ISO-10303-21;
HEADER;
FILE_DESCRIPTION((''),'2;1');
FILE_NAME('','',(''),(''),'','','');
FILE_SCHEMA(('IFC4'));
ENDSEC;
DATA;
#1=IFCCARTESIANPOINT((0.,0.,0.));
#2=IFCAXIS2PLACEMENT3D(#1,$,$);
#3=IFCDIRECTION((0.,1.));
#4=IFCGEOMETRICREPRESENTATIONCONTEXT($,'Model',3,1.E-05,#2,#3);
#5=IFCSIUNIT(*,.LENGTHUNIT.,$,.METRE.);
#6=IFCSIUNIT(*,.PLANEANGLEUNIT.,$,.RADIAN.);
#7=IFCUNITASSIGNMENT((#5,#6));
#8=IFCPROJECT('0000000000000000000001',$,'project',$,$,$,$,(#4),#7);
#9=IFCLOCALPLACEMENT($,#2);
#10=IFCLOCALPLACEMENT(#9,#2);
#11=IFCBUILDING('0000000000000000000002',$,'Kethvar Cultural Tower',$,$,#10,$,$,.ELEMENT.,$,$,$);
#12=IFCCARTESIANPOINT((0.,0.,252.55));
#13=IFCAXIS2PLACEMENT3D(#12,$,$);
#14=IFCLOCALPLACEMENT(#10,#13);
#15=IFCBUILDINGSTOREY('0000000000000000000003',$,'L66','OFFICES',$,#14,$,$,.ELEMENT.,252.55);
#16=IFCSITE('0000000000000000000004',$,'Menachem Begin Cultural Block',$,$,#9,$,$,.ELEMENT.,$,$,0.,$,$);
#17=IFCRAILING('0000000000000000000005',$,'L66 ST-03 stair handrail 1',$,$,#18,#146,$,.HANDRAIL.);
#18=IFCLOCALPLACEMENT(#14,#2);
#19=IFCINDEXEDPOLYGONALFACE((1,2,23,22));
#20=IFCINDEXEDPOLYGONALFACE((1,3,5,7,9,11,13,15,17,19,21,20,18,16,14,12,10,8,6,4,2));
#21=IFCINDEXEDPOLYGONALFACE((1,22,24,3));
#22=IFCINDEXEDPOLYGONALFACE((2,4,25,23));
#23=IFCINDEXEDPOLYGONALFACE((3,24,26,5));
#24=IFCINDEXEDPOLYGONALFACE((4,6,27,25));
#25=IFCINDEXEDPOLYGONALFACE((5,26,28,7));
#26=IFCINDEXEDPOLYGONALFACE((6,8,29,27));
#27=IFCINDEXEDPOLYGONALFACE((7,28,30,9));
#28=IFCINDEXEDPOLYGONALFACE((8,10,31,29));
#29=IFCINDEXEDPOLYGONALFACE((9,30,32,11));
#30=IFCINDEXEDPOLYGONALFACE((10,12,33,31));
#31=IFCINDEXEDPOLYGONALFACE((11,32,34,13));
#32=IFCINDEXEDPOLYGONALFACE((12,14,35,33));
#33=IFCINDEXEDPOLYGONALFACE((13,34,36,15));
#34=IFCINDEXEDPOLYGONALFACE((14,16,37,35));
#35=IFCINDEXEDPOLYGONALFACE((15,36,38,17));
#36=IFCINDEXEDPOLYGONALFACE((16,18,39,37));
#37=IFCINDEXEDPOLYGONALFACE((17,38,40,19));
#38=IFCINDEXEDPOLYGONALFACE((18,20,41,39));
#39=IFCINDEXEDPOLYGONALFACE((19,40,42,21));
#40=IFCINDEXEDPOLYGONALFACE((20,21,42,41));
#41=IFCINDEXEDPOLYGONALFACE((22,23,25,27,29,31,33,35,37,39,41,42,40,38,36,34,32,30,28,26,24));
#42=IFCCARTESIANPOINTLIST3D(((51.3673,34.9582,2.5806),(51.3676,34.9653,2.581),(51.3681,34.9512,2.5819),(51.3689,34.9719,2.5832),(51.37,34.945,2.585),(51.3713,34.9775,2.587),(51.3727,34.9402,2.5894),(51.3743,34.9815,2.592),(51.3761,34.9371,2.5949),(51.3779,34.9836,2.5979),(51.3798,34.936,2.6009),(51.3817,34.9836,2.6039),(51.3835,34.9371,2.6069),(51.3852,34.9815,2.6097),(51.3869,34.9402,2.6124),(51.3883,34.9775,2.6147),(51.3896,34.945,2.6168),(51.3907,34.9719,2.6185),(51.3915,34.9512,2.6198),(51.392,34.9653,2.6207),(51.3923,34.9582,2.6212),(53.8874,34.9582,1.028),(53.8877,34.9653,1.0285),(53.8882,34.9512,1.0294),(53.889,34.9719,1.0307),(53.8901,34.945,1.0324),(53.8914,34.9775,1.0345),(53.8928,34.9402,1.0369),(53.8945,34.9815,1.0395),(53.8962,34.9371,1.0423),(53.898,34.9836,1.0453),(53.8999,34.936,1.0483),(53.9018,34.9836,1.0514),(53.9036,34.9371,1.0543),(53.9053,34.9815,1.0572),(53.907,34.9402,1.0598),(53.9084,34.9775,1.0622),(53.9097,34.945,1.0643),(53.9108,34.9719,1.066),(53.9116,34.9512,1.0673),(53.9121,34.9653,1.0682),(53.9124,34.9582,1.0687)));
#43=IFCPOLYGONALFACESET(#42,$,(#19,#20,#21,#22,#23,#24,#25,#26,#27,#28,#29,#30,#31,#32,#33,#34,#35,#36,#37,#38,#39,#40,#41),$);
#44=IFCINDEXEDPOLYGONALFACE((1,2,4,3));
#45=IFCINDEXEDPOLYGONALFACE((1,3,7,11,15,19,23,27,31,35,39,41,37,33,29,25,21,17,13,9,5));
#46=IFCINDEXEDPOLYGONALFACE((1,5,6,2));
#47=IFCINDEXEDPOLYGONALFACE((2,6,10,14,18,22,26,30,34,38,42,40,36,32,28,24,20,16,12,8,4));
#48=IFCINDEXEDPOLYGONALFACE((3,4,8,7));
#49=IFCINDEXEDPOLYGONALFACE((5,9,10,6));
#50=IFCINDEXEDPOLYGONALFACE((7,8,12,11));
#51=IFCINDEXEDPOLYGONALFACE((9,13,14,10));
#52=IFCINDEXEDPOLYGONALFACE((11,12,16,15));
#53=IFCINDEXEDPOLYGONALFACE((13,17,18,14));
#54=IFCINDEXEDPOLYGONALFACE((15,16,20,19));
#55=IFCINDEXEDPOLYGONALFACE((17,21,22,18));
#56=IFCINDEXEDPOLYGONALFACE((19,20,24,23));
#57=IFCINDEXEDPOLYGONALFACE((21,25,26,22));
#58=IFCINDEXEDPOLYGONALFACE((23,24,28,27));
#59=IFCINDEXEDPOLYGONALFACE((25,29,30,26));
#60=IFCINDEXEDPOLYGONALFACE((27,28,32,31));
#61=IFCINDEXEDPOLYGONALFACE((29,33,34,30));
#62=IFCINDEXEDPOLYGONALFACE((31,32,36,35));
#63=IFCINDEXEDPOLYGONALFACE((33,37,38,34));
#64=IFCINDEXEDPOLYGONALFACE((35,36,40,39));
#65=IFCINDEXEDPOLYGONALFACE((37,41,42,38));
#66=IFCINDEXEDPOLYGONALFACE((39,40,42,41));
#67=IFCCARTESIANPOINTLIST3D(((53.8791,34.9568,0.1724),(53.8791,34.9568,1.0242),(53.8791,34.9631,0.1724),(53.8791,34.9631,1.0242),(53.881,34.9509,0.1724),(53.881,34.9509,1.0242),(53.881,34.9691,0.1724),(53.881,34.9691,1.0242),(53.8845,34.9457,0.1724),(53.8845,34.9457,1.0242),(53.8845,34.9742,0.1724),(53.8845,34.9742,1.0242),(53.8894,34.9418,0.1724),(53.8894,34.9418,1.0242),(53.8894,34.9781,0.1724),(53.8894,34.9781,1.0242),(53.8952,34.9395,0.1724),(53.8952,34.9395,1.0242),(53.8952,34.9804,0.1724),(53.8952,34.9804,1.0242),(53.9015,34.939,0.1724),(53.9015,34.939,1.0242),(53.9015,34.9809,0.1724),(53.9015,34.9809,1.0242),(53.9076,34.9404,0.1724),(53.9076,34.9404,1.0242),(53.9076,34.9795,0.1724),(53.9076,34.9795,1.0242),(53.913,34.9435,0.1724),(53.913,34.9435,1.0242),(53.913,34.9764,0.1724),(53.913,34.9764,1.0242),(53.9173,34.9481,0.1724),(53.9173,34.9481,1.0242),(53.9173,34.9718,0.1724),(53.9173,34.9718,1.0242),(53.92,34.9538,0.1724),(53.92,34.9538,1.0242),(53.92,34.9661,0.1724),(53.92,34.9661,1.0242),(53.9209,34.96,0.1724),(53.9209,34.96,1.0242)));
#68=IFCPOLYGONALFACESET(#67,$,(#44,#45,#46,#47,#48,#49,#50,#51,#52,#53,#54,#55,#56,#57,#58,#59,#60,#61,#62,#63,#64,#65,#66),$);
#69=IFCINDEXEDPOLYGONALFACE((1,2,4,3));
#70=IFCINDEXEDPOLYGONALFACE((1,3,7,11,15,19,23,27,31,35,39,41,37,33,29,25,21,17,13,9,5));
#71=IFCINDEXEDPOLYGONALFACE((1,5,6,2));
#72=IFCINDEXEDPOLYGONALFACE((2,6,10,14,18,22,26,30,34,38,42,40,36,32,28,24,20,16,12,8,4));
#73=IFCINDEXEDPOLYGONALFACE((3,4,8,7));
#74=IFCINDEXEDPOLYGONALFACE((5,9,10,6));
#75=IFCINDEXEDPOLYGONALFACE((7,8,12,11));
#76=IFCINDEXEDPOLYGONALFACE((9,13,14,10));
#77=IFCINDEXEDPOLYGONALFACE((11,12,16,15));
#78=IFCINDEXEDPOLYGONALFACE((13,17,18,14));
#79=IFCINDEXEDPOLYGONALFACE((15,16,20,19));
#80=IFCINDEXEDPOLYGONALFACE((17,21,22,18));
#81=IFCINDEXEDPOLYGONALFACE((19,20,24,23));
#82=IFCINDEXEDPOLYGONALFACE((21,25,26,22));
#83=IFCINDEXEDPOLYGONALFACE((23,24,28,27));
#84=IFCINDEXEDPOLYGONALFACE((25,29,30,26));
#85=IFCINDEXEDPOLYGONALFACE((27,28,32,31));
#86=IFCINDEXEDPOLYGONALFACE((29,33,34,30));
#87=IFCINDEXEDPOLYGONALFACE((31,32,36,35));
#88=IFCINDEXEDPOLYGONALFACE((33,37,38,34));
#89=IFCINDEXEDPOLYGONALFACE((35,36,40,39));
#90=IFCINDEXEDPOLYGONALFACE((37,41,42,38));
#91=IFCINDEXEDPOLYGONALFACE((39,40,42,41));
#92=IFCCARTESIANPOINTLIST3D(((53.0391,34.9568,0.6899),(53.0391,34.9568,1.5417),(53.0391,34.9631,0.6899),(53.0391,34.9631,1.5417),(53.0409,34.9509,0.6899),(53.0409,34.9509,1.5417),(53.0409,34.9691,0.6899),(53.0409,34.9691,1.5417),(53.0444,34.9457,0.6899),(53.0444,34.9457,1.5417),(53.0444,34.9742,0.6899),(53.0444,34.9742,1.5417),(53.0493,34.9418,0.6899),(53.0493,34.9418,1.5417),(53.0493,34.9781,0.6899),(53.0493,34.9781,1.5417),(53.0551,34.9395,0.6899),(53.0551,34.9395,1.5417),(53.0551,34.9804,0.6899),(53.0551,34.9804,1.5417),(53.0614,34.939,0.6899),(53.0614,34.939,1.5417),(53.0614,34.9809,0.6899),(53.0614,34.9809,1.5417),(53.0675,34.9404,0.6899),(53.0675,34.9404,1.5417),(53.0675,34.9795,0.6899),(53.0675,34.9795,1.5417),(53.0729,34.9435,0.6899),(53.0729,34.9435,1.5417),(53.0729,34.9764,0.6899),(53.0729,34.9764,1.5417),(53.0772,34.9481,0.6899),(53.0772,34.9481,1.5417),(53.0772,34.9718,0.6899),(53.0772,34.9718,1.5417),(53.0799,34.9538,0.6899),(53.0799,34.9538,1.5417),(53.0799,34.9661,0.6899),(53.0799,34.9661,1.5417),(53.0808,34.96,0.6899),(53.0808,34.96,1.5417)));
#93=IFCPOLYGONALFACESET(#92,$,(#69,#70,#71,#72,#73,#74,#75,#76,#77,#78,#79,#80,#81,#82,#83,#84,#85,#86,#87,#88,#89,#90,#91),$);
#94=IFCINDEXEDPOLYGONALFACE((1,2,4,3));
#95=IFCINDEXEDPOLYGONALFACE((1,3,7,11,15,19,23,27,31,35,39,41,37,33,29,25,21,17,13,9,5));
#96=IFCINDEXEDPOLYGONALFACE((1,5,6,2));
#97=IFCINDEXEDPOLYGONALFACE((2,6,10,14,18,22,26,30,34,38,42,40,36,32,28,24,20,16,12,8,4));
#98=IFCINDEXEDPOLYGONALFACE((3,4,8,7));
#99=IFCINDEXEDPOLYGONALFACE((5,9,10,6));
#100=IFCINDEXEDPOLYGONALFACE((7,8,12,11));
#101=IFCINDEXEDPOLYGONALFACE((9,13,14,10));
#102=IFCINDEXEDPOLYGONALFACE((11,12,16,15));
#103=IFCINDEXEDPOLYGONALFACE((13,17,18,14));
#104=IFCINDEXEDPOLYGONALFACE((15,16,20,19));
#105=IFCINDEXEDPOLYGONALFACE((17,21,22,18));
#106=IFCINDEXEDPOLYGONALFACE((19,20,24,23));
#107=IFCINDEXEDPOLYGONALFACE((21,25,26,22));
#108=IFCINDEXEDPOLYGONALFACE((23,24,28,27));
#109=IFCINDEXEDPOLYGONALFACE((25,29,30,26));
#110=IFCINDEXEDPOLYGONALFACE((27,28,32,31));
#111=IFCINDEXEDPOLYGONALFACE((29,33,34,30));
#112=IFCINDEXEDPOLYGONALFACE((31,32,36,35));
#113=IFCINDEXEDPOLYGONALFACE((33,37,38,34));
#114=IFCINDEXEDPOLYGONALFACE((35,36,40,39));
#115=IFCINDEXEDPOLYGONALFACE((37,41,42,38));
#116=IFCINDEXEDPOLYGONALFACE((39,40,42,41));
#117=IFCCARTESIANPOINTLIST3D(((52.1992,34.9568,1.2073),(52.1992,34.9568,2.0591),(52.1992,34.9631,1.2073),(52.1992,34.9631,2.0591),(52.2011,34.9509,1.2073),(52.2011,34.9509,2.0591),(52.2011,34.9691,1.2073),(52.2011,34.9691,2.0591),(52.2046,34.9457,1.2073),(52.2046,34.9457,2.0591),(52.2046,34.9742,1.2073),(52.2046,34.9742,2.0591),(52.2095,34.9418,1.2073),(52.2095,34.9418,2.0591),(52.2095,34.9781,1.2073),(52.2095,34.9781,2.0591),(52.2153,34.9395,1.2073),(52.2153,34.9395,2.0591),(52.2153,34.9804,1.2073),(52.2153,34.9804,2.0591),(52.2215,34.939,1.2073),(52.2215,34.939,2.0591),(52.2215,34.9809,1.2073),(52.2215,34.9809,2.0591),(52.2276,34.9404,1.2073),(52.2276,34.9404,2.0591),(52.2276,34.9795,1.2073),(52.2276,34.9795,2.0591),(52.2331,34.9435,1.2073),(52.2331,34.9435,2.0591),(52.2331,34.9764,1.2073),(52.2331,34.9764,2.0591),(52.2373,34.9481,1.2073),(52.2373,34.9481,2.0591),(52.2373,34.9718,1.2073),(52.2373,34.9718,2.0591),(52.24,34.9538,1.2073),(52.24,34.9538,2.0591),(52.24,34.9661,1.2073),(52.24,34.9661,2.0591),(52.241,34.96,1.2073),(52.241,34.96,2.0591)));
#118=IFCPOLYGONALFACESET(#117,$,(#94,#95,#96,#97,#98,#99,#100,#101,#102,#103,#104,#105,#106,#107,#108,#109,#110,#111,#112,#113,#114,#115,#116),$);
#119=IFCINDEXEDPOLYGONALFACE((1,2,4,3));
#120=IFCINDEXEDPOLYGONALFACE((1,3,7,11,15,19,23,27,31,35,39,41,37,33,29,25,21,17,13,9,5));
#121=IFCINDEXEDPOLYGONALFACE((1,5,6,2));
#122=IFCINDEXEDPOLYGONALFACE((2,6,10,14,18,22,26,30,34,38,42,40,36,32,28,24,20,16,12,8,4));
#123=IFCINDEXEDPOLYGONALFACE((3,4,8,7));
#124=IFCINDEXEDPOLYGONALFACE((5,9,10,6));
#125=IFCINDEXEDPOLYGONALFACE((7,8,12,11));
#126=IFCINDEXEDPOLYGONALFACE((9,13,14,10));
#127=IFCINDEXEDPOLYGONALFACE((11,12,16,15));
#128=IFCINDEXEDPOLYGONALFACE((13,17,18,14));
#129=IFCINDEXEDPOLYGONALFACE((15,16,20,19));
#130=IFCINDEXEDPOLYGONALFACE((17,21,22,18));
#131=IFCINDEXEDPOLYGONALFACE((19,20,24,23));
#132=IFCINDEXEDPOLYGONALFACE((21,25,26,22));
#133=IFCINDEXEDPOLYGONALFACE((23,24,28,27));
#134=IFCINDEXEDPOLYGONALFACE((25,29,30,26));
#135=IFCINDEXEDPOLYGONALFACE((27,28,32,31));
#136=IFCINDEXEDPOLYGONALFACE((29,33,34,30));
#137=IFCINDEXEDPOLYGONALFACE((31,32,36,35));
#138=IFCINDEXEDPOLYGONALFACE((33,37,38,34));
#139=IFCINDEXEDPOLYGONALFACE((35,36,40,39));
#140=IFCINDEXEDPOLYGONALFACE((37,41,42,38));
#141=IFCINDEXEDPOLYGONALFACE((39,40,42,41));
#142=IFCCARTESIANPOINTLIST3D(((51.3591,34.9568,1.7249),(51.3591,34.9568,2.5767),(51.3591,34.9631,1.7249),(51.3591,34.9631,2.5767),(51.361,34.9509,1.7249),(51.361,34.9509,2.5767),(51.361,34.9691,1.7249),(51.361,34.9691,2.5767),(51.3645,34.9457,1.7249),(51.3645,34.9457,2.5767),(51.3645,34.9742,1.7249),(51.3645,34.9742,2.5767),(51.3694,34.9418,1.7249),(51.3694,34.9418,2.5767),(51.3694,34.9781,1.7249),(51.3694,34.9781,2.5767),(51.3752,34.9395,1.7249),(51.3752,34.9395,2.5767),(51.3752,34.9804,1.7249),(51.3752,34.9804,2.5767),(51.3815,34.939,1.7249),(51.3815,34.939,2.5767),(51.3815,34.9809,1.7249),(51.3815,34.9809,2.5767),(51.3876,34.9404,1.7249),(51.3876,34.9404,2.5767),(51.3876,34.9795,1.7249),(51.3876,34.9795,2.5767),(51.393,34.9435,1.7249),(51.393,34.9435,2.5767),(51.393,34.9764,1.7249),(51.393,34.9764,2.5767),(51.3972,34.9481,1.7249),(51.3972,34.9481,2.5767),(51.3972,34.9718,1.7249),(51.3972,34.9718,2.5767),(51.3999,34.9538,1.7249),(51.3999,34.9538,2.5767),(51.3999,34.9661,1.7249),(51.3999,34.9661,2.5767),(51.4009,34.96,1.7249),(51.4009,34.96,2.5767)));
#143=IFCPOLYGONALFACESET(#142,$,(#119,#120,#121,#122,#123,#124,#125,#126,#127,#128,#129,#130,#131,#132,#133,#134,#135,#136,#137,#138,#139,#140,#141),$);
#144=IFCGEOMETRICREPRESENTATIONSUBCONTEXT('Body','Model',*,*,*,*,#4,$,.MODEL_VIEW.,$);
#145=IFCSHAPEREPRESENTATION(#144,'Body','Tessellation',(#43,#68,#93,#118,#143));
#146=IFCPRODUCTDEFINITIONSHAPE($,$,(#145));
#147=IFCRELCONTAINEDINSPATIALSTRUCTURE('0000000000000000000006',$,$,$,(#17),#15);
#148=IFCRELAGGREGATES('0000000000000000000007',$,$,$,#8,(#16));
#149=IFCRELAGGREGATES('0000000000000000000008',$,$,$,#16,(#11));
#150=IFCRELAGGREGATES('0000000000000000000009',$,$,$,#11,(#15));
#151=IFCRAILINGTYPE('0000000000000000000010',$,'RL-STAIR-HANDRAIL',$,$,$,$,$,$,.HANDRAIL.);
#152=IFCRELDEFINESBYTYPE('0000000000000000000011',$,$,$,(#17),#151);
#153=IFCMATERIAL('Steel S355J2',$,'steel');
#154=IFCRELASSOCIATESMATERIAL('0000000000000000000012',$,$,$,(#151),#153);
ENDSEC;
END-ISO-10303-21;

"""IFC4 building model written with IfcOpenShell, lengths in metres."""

from ifc_helpers import new_model, si_unit, direction, frame, origin, origin_2d, place, context, subcontext, project, spatial, circle, extrude, material, type_object, element, save


model = new_model("IFC4")

# Units and contexts
model_context = context("Model", 3, precision=1e-05, world=origin(), true_north=direction((0.0, 1.0)))
body_context = subcontext(model_context, "Body", "Model", "MODEL_VIEW")
ifc_project = project(units=[si_unit("LENGTHUNIT", "METRE"), si_unit("PLANEANGLEUNIT", "RADIAN")], contexts=[model_context])

# Site, building, storey
site_placement = place(None, origin())
site = spatial("IfcSite", under=ifc_project, at=site_placement, Name="Menachem Begin Cultural Block", CompositionType="ELEMENT", RefElevation=0.0)
building_placement = place(site_placement, origin())
building = spatial("IfcBuilding", under=site, at=building_placement, Name="Kethvar Cultural Tower", CompositionType="ELEMENT")
storey_placement = place(building_placement, frame((0.0, 0.0, 252.55)))
storey = spatial("IfcBuildingStorey", under=building, at=storey_placement, Name="L66", Description="OFFICES", CompositionType="ELEMENT", Elevation=252.55)

# Shared definitions
ifc_material_1 = material(Name="Steel S355J2", Category="steel")

# Railing
railing_type_1 = type_object("IfcRailingType", Name="RL-STAIR-HANDRAIL", PredefinedType="HANDRAIL", material=ifc_material_1)
railing_1_placement = place(storey_placement, frame((53.8999, 34.96, 0.1724)))
element("IfcRailing", 1, at=railing_1_placement, inside=storey, type_object=railing_type_1, Name="L66 ST-03 stair handrail 1", PredefinedType="HANDRAIL", context=body_context, shape_type="SweptSolid", body=[
    extrude(circle(Radius=0.0239, at=origin_2d()), frame((0.0, 0.0, 0.876), z_axis=(-0.8514, 0.0, 0.524516), x_axis=(0.0, -1.0, 0.0)), (0.0, 0.0, 1.0), 2.96),
    extrude(circle(Radius=0.021, at=origin_2d()), origin(), (0.0, 0.0, 1.0), 0.8518),
    extrude(circle(Radius=0.021, at=origin_2d()), frame((-0.8401, 0.0, 0.5176)), (0.0, 0.0, 1.0), 0.8518),
    extrude(circle(Radius=0.021, at=origin_2d()), frame((-1.6799, 0.0, 1.0349)), (0.0, 0.0, 1.0), 0.8518),
    extrude(circle(Radius=0.021, at=origin_2d()), frame((-2.52, 0.0, 1.5525)), (0.0, 0.0, 1.0), 0.8518),
])

save(model, "model.ifc")
